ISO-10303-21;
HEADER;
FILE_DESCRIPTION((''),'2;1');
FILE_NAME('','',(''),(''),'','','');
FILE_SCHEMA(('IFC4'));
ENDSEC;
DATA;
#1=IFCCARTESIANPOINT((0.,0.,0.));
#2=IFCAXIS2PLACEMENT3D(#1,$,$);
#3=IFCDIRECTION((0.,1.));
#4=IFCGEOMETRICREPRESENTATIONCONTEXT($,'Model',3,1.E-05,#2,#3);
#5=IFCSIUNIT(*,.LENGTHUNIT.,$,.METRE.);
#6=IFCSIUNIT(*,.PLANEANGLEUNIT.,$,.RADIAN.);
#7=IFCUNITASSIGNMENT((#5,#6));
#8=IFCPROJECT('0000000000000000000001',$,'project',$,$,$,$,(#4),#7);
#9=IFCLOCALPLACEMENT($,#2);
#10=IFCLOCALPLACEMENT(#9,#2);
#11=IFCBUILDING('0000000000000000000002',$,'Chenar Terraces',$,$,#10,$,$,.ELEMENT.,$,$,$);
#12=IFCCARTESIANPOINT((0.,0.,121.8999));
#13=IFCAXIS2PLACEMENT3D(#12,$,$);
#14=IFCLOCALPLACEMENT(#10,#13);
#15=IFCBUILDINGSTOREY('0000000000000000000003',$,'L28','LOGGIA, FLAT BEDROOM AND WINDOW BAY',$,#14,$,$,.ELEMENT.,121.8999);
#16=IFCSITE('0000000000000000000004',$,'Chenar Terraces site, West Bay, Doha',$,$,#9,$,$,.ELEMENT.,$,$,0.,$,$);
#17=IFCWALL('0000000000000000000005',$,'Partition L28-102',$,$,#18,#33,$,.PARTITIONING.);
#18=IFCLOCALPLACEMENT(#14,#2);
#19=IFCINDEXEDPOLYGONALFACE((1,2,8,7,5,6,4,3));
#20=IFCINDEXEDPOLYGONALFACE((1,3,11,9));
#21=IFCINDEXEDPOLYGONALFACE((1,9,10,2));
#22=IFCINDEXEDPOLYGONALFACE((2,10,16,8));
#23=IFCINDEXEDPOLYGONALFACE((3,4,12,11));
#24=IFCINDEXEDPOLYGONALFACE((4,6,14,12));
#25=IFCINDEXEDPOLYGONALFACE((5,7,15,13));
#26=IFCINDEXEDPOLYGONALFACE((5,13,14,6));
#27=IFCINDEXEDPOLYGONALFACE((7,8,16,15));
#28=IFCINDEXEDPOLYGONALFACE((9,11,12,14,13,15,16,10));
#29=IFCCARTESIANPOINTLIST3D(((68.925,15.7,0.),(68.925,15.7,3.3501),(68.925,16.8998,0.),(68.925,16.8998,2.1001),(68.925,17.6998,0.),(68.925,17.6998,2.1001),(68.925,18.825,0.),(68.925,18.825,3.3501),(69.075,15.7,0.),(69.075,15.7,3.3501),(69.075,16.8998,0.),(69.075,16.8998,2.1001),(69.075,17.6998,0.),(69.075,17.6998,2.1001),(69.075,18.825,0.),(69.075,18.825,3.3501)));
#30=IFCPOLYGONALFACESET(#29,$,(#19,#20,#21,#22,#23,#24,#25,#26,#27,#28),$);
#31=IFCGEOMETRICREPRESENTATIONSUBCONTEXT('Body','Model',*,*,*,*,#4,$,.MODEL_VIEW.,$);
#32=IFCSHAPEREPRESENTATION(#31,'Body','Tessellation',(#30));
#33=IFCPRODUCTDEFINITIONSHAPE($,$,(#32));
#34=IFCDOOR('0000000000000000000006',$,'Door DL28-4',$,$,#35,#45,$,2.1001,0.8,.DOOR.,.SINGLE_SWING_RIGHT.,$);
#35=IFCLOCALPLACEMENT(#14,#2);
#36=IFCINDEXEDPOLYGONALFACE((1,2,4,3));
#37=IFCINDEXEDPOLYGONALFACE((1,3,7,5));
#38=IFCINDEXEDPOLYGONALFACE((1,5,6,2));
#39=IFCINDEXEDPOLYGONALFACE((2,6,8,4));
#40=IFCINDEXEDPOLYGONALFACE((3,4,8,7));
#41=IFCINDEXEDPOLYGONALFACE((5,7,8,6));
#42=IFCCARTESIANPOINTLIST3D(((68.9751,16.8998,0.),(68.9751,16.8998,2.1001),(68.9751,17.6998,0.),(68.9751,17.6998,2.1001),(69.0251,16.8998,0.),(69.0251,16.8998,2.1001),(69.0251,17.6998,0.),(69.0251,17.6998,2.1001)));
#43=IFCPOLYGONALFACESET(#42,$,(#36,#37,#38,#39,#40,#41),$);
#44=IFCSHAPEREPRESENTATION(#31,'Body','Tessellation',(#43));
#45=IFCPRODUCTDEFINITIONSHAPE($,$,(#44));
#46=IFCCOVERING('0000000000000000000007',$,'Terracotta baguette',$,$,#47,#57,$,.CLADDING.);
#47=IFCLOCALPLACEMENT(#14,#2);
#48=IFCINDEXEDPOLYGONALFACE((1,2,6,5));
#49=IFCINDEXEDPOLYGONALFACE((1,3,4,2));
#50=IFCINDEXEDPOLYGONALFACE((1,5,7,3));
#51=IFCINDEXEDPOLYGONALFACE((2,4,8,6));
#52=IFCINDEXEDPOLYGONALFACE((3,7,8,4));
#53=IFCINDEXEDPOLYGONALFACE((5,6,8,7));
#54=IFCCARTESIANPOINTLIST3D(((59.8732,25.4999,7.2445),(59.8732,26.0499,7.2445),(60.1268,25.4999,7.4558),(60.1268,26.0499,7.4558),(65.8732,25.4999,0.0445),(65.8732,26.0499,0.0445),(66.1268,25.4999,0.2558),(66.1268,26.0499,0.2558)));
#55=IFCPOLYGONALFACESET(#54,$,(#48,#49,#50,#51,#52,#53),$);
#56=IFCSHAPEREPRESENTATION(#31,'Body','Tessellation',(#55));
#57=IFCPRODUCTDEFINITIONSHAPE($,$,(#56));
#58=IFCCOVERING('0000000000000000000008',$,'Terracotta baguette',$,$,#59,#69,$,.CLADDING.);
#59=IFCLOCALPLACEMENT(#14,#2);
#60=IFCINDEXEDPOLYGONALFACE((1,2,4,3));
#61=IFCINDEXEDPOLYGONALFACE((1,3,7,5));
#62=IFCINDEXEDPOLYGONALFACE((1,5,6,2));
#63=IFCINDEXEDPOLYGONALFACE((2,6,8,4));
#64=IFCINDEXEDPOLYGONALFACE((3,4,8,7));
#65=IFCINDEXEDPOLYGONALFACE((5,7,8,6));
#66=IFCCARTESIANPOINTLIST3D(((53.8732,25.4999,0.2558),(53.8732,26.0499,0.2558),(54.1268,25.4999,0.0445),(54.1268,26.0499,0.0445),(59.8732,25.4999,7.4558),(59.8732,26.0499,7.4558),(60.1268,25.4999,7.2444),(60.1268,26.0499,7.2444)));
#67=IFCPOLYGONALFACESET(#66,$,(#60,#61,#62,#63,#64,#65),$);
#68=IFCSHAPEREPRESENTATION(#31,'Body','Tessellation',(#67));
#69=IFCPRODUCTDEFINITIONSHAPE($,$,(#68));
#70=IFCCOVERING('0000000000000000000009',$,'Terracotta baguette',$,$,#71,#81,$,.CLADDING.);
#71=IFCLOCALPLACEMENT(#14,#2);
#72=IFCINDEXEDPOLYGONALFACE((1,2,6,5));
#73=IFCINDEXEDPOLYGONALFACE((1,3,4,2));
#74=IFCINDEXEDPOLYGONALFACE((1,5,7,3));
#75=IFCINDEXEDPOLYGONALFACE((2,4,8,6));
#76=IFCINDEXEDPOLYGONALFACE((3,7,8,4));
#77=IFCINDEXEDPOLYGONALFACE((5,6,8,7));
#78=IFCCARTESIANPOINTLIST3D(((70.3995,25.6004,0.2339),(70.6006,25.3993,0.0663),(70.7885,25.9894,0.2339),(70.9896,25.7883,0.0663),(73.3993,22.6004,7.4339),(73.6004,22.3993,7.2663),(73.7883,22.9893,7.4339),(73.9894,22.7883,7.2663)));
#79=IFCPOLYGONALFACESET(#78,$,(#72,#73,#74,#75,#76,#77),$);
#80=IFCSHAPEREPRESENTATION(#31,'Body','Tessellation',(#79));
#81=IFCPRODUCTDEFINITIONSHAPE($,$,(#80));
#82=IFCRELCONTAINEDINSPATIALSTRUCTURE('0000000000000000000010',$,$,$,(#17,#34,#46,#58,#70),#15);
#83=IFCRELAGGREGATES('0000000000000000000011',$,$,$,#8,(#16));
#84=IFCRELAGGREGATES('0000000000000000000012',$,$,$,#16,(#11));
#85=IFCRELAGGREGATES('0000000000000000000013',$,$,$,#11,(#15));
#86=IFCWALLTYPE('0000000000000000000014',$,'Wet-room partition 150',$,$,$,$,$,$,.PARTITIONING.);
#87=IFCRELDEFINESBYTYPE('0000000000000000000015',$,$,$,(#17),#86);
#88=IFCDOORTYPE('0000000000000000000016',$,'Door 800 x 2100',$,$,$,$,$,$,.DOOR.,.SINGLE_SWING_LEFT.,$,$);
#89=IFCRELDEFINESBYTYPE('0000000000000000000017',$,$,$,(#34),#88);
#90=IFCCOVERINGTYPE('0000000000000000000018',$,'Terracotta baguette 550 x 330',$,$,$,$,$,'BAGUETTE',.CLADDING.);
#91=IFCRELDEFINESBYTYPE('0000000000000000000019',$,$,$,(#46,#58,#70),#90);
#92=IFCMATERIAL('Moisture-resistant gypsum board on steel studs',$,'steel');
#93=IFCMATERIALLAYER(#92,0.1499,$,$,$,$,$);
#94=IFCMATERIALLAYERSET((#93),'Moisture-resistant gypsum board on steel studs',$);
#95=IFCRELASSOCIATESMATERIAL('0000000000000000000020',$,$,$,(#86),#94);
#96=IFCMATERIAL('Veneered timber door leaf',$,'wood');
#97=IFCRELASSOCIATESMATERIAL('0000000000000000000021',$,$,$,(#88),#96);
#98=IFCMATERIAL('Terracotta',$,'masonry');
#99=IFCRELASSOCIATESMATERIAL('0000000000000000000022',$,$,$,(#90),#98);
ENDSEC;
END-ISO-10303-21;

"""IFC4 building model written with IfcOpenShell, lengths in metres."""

from ifc_helpers import new_model, si_unit, direction, frame, frame_2d, origin, origin_2d, place, context, subcontext, project, spatial, rectangle, extrude, material, layer, layer_set, material_profile, profile_set, type_object, element, fill, save


model = new_model("IFC4")

# Units and contexts
model_context = context("Model", 3, precision=1e-05, world=origin(), true_north=direction((0.0, 1.0)))
body_context = subcontext(model_context, "Body", "Model", "MODEL_VIEW")
ifc_project = project(units=[si_unit("LENGTHUNIT", "METRE"), si_unit("PLANEANGLEUNIT", "RADIAN")], contexts=[model_context])

# Site, building, storey
site_placement = place(None, origin())
site = spatial("IfcSite", under=ifc_project, at=site_placement, Name="Chenar Terraces site, West Bay, Doha", CompositionType="ELEMENT", RefElevation=0.0)
building_placement = place(site_placement, origin())
building = spatial("IfcBuilding", under=site, at=building_placement, Name="Chenar Terraces", CompositionType="ELEMENT")
storey_placement = place(building_placement, frame((0.0, 0.0, 121.8999)))
storey = spatial("IfcBuildingStorey", under=building, at=storey_placement, Name="L28", Description="LOGGIA, FLAT BEDROOM AND WINDOW BAY", CompositionType="ELEMENT", Elevation=121.8999)

# Wall, opening, door
ifc_material_1 = material(Name="Moisture-resistant gypsum board on steel studs", Category="steel")
ifc_layer_1 = layer(ifc_material_1, 0.1499)
ifc_layer_set_1 = layer_set([ifc_layer_1], Name="Moisture-resistant gypsum board on steel studs")
wall_type_1 = type_object("IfcWallType", Name="Wet-room partition 150", PredefinedType="PARTITIONING", material=ifc_layer_set_1)
wall_1_placement = place(storey_placement, frame((69.0, 15.7, 0.0), z_axis=(0.0, 0.0, 1.0), x_axis=(0.0, 1.0, 0.0)))
wall_1 = element("IfcWall", 1, at=wall_1_placement, inside=storey, type_object=wall_type_1, Name="Partition L28-102", PredefinedType="PARTITIONING", context=body_context, shape_type="SweptSolid", body=[
    extrude(rectangle(XDim=3.125, YDim=0.1499, at=frame_2d((1.5625, 0.0))), origin(), (0.0, 0.0, 1.0), 3.3501),
])
opening_1_placement = place(wall_1_placement, frame((1.2, 0.0, 0.0)))
opening_1 = element("IfcOpeningElement", 2, at=opening_1_placement, cuts=wall_1, PredefinedType="OPENING", context=body_context, shape_type="SweptSolid", body=[
    extrude(rectangle(XDim=0.8, YDim=2.1001, at=frame_2d((0.3999, 1.05))), frame((0.0, 0.085, 0.0), z_axis=(0.0, -1.0, 0.0), x_axis=(1.0, 0.0, 0.0)), (0.0, 0.0, 1.0), 0.1699),
])
ifc_material_2 = material(Name="Veneered timber door leaf", Category="wood")
door_type = type_object("IfcDoorType", Name="Door 800 x 2100", OperationType="SINGLE_SWING_LEFT", PredefinedType="DOOR", material=ifc_material_2)
door_placement = place(opening_1_placement, origin())
door = element("IfcDoor", 3, at=door_placement, inside=storey, type_object=door_type, Name="Door DL28-4", OperationType="SINGLE_SWING_RIGHT", OverallHeight=2.1001, OverallWidth=0.8, PredefinedType="DOOR", context=body_context, shape_type="SweptSolid", body=[
    extrude(rectangle(XDim=0.8, YDim=2.1001, at=frame_2d((0.3999, 1.05))), frame((0.0, 0.0249, 0.0), z_axis=(0.0, -1.0, 0.0), x_axis=(1.0, 0.0, 0.0)), (0.0, 0.0, 1.0), 0.05),
])
fill(opening_1, door)

# Coverings
ifc_material_3 = material(Name="Terracotta", Category="masonry")
ifc_material_profile_1 = material_profile(ifc_material_3, rectangle(XDim=0.55, YDim=0.3301, at=origin_2d()), Name="Terracotta baguette 550 x 330")
ifc_profile_set_1 = profile_set([ifc_material_profile_1], Name="Terracotta")
covering_type = type_object("IfcCoveringType", Name="Terracotta baguette 550 x 330", ElementType="BAGUETTE", PredefinedType="CLADDING", material=ifc_profile_set_1)
for number, where, z_axis, x_axis, name in (
    (4, (66.0, 25.7749, 0.1501), (-0.640187, 0.0, 0.768219), (0.0, -1.0, 0.0), "Terracotta baguette"),
    (5, (60.0, 25.7749, 7.3501), (-0.640187, 0.0, -0.768219), (0.0, -1.0, 0.0), "Terracotta baguette"),
):
    element("IfcCovering", number, at=place(storey_placement, frame(where, z_axis=z_axis, x_axis=x_axis)), inside=storey, type_object=covering_type, Name=name, PredefinedType="CLADDING", context=body_context, shape_type="SweptSolid", body=[
        extrude(rectangle(XDim=0.55, YDim=0.3301, at=origin_2d()), origin(), (0.0, 0.0, 1.0), 9.3723),
    ])
covering_placement = place(storey_placement, frame((73.6943, 22.6943, 7.3501), z_axis=(-0.358955, 0.358985, -0.861557), x_axis=(-0.707136, -0.707078, 0.0)))
element("IfcCovering", 6, at=covering_placement, inside=storey, type_object=covering_type, Name="Terracotta baguette", PredefinedType="CLADDING", context=body_context, shape_type="SweptSolid", body=[
    extrude(rectangle(XDim=0.55, YDim=0.3301, at=origin_2d()), origin(), (0.0, 0.0, 1.0), 8.3569),
])

save(model, "model.ifc")
